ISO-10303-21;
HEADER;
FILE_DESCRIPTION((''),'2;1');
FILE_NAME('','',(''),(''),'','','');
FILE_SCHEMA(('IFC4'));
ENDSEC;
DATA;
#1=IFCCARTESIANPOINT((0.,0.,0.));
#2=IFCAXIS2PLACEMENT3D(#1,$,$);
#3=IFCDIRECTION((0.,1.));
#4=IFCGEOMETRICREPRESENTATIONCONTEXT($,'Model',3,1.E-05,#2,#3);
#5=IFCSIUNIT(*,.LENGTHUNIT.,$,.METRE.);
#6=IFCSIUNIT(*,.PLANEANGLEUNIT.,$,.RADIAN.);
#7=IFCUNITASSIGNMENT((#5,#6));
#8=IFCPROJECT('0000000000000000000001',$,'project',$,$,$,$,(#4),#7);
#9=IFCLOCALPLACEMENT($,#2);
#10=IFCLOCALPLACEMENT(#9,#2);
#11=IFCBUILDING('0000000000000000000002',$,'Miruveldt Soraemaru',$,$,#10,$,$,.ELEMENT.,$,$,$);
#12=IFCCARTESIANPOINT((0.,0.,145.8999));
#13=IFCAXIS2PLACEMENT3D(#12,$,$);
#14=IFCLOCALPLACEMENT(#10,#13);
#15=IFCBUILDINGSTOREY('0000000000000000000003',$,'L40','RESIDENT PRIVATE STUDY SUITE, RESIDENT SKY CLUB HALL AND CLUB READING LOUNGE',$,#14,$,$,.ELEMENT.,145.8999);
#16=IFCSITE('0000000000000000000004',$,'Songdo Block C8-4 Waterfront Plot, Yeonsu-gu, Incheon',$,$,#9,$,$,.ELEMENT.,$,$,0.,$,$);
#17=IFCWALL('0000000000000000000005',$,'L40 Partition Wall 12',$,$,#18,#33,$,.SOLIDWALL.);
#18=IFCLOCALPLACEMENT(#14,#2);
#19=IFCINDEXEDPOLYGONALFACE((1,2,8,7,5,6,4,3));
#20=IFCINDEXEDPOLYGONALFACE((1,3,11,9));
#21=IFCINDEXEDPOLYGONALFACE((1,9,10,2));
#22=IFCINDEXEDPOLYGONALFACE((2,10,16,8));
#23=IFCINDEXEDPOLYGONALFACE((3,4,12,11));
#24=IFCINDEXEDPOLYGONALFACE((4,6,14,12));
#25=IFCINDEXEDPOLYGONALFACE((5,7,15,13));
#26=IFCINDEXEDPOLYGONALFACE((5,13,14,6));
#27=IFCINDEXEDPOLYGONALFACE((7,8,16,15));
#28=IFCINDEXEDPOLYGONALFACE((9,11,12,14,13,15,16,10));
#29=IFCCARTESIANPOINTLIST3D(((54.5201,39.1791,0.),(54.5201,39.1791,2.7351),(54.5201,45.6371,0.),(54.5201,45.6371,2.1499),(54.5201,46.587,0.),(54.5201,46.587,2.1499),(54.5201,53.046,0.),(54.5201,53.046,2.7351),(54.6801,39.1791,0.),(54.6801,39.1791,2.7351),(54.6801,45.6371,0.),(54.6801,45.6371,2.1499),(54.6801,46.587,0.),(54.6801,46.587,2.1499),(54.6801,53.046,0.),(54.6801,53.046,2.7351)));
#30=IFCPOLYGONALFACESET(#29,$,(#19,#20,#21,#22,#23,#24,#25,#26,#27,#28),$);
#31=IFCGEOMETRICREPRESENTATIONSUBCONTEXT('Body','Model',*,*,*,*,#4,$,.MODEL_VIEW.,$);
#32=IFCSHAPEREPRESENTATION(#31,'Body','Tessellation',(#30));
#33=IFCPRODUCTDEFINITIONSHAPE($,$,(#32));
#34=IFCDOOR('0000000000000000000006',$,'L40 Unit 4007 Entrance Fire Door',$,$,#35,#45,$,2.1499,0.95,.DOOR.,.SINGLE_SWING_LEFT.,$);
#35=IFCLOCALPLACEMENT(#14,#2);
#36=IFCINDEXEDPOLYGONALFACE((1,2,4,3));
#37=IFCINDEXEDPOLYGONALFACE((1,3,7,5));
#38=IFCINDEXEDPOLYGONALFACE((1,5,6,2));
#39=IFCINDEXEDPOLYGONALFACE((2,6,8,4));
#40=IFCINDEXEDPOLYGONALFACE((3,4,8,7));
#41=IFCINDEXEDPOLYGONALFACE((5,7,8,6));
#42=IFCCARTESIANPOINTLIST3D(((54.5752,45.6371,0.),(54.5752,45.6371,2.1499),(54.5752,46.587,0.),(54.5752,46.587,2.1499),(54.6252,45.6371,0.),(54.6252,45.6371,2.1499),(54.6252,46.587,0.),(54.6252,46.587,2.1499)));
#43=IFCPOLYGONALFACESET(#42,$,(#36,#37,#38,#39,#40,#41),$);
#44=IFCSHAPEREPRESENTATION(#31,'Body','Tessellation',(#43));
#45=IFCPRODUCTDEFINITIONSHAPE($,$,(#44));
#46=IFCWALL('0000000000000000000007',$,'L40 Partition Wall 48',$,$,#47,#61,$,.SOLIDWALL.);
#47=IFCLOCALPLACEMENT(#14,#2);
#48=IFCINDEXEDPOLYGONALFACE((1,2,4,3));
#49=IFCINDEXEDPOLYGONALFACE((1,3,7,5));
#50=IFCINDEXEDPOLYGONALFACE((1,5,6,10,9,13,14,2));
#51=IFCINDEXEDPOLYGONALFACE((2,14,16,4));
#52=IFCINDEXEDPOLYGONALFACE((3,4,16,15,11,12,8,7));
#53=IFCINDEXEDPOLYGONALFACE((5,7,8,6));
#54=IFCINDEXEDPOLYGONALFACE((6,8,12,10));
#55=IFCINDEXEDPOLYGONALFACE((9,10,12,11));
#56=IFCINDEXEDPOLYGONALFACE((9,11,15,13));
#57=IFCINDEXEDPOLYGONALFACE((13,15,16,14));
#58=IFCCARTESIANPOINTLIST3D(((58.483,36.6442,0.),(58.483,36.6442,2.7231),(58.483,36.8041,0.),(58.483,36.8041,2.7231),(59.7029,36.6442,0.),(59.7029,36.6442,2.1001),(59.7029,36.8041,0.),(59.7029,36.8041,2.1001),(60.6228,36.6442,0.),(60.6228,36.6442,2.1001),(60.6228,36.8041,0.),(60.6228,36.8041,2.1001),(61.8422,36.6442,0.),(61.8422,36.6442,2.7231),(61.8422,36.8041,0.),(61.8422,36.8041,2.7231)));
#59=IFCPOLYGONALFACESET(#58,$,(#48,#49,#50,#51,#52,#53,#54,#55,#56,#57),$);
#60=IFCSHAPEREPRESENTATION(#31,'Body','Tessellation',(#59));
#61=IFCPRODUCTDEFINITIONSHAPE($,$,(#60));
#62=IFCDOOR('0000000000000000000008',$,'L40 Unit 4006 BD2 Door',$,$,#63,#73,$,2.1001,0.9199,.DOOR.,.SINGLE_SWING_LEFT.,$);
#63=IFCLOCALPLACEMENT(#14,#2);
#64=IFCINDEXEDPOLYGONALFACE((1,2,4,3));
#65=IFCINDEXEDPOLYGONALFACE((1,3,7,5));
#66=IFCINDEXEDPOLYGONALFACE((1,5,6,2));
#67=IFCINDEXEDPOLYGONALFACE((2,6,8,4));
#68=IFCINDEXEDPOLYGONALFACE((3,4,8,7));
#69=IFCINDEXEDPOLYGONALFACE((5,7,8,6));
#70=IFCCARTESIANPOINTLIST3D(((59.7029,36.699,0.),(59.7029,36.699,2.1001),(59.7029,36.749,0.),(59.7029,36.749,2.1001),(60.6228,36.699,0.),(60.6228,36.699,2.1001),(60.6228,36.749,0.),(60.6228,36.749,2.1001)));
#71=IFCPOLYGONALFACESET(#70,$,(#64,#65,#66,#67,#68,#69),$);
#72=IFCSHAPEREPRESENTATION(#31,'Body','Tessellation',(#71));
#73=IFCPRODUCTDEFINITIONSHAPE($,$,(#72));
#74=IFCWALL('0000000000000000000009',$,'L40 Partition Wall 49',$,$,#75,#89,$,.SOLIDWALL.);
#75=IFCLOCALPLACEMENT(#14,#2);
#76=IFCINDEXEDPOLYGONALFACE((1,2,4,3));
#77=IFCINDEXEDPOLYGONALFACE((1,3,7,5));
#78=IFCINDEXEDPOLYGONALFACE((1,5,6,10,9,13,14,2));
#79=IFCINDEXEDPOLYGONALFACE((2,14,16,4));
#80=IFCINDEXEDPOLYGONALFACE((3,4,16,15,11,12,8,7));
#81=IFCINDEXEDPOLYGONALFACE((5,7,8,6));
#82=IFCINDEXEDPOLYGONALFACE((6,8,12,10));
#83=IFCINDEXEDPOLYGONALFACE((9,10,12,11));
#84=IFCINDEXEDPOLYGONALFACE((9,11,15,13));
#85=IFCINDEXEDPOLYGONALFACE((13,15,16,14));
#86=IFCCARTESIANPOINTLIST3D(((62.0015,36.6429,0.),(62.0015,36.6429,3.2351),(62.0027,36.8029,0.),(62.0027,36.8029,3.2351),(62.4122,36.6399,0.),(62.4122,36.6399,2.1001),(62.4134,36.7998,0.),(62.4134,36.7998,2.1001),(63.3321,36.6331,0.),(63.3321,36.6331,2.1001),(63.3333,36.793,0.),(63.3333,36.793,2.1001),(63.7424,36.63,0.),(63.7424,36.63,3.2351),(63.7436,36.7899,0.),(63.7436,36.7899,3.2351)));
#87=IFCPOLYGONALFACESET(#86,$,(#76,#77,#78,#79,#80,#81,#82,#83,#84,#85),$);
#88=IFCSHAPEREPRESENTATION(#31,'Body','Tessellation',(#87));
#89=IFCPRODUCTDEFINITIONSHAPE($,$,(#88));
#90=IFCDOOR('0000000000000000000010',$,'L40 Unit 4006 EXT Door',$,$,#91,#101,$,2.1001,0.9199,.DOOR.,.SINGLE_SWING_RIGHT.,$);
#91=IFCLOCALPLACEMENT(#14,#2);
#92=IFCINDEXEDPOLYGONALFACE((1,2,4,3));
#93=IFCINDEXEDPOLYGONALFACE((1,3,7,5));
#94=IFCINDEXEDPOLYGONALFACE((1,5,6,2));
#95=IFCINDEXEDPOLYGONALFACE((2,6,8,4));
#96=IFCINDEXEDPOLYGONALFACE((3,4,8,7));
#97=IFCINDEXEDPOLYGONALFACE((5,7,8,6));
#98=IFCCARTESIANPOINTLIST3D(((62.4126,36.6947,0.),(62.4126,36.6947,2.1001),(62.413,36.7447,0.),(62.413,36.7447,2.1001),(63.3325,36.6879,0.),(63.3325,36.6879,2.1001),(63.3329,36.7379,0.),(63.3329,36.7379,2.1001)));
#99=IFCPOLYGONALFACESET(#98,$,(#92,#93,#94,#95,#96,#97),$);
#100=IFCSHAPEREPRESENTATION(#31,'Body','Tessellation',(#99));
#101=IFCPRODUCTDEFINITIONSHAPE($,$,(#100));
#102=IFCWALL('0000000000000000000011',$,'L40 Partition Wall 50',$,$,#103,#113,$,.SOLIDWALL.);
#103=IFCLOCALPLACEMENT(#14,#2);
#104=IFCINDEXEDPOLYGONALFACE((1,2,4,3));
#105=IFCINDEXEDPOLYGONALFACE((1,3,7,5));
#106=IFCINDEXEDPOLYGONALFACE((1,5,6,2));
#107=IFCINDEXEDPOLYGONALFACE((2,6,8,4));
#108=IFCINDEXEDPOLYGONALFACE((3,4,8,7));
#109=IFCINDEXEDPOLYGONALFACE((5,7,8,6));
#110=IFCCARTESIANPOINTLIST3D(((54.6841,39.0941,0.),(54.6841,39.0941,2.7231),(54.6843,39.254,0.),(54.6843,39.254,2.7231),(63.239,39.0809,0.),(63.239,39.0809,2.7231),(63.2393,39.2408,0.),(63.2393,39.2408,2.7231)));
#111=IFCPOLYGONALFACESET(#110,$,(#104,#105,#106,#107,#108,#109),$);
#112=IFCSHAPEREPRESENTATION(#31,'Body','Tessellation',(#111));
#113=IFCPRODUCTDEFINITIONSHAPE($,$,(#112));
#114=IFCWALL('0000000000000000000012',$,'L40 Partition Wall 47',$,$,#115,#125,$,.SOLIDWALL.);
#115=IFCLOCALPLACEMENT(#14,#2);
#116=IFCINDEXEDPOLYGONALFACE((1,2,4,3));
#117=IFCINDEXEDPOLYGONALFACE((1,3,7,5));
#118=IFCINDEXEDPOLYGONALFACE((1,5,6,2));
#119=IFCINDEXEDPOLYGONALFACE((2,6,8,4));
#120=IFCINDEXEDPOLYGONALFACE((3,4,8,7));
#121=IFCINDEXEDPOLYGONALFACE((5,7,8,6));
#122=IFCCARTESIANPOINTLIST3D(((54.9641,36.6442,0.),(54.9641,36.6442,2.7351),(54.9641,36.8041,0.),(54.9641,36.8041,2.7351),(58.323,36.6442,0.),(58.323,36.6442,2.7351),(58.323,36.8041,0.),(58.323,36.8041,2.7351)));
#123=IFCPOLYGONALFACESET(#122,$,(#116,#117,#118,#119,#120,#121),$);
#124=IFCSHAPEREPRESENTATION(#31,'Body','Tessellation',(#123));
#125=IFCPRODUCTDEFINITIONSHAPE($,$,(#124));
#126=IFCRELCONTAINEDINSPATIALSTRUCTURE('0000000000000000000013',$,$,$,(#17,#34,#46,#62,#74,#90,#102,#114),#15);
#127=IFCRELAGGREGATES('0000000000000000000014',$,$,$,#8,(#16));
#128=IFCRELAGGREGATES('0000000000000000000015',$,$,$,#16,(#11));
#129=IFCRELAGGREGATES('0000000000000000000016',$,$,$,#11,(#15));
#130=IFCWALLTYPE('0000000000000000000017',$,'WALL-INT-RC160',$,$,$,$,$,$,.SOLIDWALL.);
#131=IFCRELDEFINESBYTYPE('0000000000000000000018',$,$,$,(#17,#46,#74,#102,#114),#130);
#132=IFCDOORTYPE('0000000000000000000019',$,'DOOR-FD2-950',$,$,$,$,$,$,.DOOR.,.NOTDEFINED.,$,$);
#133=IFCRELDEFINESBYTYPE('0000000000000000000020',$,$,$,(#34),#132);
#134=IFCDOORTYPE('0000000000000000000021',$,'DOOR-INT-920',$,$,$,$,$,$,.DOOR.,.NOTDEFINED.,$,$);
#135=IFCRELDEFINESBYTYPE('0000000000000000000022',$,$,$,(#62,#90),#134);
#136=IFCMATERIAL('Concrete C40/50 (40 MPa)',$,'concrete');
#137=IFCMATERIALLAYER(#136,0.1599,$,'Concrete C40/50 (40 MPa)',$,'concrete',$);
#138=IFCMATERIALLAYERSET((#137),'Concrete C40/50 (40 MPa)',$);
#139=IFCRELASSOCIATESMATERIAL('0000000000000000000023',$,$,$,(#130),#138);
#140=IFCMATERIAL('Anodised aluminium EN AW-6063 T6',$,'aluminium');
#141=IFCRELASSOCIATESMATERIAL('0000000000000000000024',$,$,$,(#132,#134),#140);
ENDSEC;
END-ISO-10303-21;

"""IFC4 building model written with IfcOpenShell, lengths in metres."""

from ifc_helpers import new_model, si_unit, direction, frame, frame_2d, origin, place, context, subcontext, project, spatial, rectangle, extrude, material, layer, layer_set, type_object, element, fill, save


model = new_model("IFC4")

# Units and contexts
model_context = context("Model", 3, precision=1e-05, world=origin(), true_north=direction((0.0, 1.0)))
body_context = subcontext(model_context, "Body", "Model", "MODEL_VIEW")
ifc_project = project(units=[si_unit("LENGTHUNIT", "METRE"), si_unit("PLANEANGLEUNIT", "RADIAN")], contexts=[model_context])

# Site, building, storey
site_placement = place(None, origin())
site = spatial("IfcSite", under=ifc_project, at=site_placement, Name="Songdo Block C8-4 Waterfront Plot, Yeonsu-gu, Incheon", CompositionType="ELEMENT", RefElevation=0.0)
building_placement = place(site_placement, origin())
building = spatial("IfcBuilding", under=site, at=building_placement, Name="Miruveldt Soraemaru", CompositionType="ELEMENT")
storey_placement = place(building_placement, frame((0.0, 0.0, 145.8999)))
storey = spatial("IfcBuildingStorey", under=building, at=storey_placement, Name="L40", Description="RESIDENT PRIVATE STUDY SUITE, RESIDENT SKY CLUB HALL AND CLUB READING LOUNGE", CompositionType="ELEMENT", Elevation=145.8999)

# Shared definitions
ifc_material_1 = material(Name="Anodised aluminium EN AW-6063 T6", Category="aluminium")

# Walls, openings, doors
ifc_material_2 = material(Name="Concrete C40/50 (40 MPa)", Category="concrete")
ifc_layer_1 = layer(ifc_material_2, 0.1599, Name="Concrete C40/50 (40 MPa)", Category="concrete")
ifc_layer_set_1 = layer_set([ifc_layer_1], Name="Concrete C40/50 (40 MPa)")
wall_type_1 = type_object("IfcWallType", Name="WALL-INT-RC160", PredefinedType="SOLIDWALL", material=ifc_layer_set_1)
wall_1_placement = place(storey_placement, frame((54.6001, 39.179, 0.0), z_axis=(0.0, 0.0, 1.0), x_axis=(0.0, 1.0, 0.0)))
wall_1 = element("IfcWall", 1, at=wall_1_placement, inside=storey, type_object=wall_type_1, Name="L40 Partition Wall 12", PredefinedType="SOLIDWALL", context=body_context, shape_type="SweptSolid", body=[
    extrude(rectangle(XDim=13.8669, YDim=0.1599, at=frame_2d((6.9336, 0.0))), origin(), (0.0, 0.0, 1.0), 2.7351),
])
opening_1_placement = place(wall_1_placement, frame((6.458, 0.0, 0.0)))
opening_1 = element("IfcOpeningElement", 2, at=opening_1_placement, cuts=wall_1, PredefinedType="OPENING", context=body_context, shape_type="SweptSolid", body=[
    extrude(rectangle(XDim=0.95, YDim=2.1499, at=frame_2d((0.4751, 1.075))), frame((0.0, 0.0898, 0.0), z_axis=(0.0, -1.0, 0.0), x_axis=(1.0, 0.0, 0.0)), (0.0, 0.0, 1.0), 0.1799),
])
door_type_1 = type_object("IfcDoorType", Name="DOOR-FD2-950", OperationType="NOTDEFINED", PredefinedType="DOOR", material=ifc_material_1)
door_1_placement = place(opening_1_placement, origin())
door_1 = element("IfcDoor", 3, at=door_1_placement, inside=storey, type_object=door_type_1, Name="L40 Unit 4007 Entrance Fire Door", OperationType="SINGLE_SWING_LEFT", OverallHeight=2.1499, OverallWidth=0.95, PredefinedType="DOOR", context=body_context, shape_type="SweptSolid", body=[
    extrude(rectangle(XDim=0.95, YDim=2.1499, at=frame_2d((0.4751, 1.075))), frame((0.0, 0.0249, 0.0), z_axis=(0.0, -1.0, 0.0), x_axis=(1.0, 0.0, 0.0)), (0.0, 0.0, 1.0), 0.05),
])
fill(opening_1, door_1)
wall_2_placement = place(storey_placement, frame((58.4829, 36.7241, 0.0), z_axis=(0.0, 0.0, 1.0), x_axis=(1.0, 0.0, 0.0)))
wall_2 = element("IfcWall", 4, at=wall_2_placement, inside=storey, type_object=wall_type_1, Name="L40 Partition Wall 48", PredefinedType="SOLIDWALL", context=body_context, shape_type="SweptSolid", body=[
    extrude(rectangle(XDim=3.3591, YDim=0.1599, at=frame_2d((1.6797, 0.0))), origin(), (0.0, 0.0, 1.0), 2.7231),
])
opening_2_placement = place(wall_2_placement, frame((1.22, 0.0, 0.0)))
opening_2 = element("IfcOpeningElement", 5, at=opening_2_placement, cuts=wall_2, PredefinedType="OPENING", context=body_context, shape_type="SweptSolid", body=[
    extrude(rectangle(XDim=0.9199, YDim=2.1001, at=frame_2d((0.46, 1.05))), frame((0.0, 0.0898, 0.0), z_axis=(0.0, -1.0, 0.0), x_axis=(1.0, 0.0, 0.0)), (0.0, 0.0, 1.0), 0.1799),
])
door_type_2 = type_object("IfcDoorType", Name="DOOR-INT-920", OperationType="NOTDEFINED", PredefinedType="DOOR", material=ifc_material_1)
door_2_placement = place(opening_2_placement, origin())
door_2 = element("IfcDoor", 6, at=door_2_placement, inside=storey, type_object=door_type_2, Name="L40 Unit 4006 BD2 Door", OperationType="SINGLE_SWING_LEFT", OverallHeight=2.1001, OverallWidth=0.9199, PredefinedType="DOOR", context=body_context, shape_type="SweptSolid", body=[
    extrude(rectangle(XDim=0.9199, YDim=2.1001, at=frame_2d((0.46, 1.05))), frame((0.0, 0.0249, 0.0), z_axis=(0.0, -1.0, 0.0), x_axis=(1.0, 0.0, 0.0)), (0.0, 0.0, 1.0), 0.05),
])
fill(opening_2, door_2)
wall_3_placement = place(storey_placement, frame((62.002, 36.7229, 0.0), z_axis=(0.0, 0.0, 1.0), x_axis=(0.999972, -0.007432, 0.0)))
wall_3 = element("IfcWall", 7, at=wall_3_placement, inside=storey, type_object=wall_type_1, Name="L40 Partition Wall 49", PredefinedType="SOLIDWALL", context=body_context, shape_type="SweptSolid", body=[
    extrude(rectangle(XDim=1.741, YDim=0.1599, at=frame_2d((0.8706, 0.0))), origin(), (0.0, 0.0, 1.0), 3.2351),
])
opening_3_placement = place(wall_3_placement, frame((0.4109, 0.0, 0.0)))
opening_3 = element("IfcOpeningElement", 8, at=opening_3_placement, cuts=wall_3, PredefinedType="OPENING", context=body_context, shape_type="SweptSolid", body=[
    extrude(rectangle(XDim=0.9199, YDim=2.1001, at=frame_2d((0.46, 1.05))), frame((0.0, 0.0898, 0.0), z_axis=(0.0, -1.0, 0.0), x_axis=(1.0, 0.0, 0.0)), (0.0, 0.0, 1.0), 0.1799),
])
door_3_placement = place(opening_3_placement, origin())
door_3 = element("IfcDoor", 9, at=door_3_placement, inside=storey, type_object=door_type_2, Name="L40 Unit 4006 EXT Door", OperationType="SINGLE_SWING_RIGHT", OverallHeight=2.1001, OverallWidth=0.9199, PredefinedType="DOOR", context=body_context, shape_type="SweptSolid", body=[
    extrude(rectangle(XDim=0.9199, YDim=2.1001, at=frame_2d((0.46, 1.05))), frame((0.0, 0.0249, 0.0), z_axis=(0.0, -1.0, 0.0), x_axis=(1.0, 0.0, 0.0)), (0.0, 0.0, 1.0), 0.05),
])
fill(opening_3, door_3)

# Walls
wall_4_placement = place(storey_placement, frame((63.239, 39.1609, 0.0), z_axis=(0.0, 0.0, 1.0), x_axis=(-0.999999, 0.001541, 0.0)))
element("IfcWall", 10, at=wall_4_placement, inside=storey, type_object=wall_type_1, Name="L40 Partition Wall 50", PredefinedType="SOLIDWALL", context=body_context, shape_type="SweptSolid", body=[
    extrude(rectangle(XDim=8.5549, YDim=0.1599, at=frame_2d((4.2773, 0.0))), origin(), (0.0, 0.0, 1.0), 2.7231),
])
wall_5_placement = place(storey_placement, frame((54.9641, 36.7241, 0.0), z_axis=(0.0, 0.0, 1.0), x_axis=(1.0, 0.0, 0.0)))
element("IfcWall", 11, at=wall_5_placement, inside=storey, type_object=wall_type_1, Name="L40 Partition Wall 47", PredefinedType="SOLIDWALL", context=body_context, shape_type="SweptSolid", body=[
    extrude(rectangle(XDim=3.3589, YDim=0.1599, at=frame_2d((1.6794, 0.0))), origin(), (0.0, 0.0, 1.0), 2.7351),
])

save(model, "model.ifc")
